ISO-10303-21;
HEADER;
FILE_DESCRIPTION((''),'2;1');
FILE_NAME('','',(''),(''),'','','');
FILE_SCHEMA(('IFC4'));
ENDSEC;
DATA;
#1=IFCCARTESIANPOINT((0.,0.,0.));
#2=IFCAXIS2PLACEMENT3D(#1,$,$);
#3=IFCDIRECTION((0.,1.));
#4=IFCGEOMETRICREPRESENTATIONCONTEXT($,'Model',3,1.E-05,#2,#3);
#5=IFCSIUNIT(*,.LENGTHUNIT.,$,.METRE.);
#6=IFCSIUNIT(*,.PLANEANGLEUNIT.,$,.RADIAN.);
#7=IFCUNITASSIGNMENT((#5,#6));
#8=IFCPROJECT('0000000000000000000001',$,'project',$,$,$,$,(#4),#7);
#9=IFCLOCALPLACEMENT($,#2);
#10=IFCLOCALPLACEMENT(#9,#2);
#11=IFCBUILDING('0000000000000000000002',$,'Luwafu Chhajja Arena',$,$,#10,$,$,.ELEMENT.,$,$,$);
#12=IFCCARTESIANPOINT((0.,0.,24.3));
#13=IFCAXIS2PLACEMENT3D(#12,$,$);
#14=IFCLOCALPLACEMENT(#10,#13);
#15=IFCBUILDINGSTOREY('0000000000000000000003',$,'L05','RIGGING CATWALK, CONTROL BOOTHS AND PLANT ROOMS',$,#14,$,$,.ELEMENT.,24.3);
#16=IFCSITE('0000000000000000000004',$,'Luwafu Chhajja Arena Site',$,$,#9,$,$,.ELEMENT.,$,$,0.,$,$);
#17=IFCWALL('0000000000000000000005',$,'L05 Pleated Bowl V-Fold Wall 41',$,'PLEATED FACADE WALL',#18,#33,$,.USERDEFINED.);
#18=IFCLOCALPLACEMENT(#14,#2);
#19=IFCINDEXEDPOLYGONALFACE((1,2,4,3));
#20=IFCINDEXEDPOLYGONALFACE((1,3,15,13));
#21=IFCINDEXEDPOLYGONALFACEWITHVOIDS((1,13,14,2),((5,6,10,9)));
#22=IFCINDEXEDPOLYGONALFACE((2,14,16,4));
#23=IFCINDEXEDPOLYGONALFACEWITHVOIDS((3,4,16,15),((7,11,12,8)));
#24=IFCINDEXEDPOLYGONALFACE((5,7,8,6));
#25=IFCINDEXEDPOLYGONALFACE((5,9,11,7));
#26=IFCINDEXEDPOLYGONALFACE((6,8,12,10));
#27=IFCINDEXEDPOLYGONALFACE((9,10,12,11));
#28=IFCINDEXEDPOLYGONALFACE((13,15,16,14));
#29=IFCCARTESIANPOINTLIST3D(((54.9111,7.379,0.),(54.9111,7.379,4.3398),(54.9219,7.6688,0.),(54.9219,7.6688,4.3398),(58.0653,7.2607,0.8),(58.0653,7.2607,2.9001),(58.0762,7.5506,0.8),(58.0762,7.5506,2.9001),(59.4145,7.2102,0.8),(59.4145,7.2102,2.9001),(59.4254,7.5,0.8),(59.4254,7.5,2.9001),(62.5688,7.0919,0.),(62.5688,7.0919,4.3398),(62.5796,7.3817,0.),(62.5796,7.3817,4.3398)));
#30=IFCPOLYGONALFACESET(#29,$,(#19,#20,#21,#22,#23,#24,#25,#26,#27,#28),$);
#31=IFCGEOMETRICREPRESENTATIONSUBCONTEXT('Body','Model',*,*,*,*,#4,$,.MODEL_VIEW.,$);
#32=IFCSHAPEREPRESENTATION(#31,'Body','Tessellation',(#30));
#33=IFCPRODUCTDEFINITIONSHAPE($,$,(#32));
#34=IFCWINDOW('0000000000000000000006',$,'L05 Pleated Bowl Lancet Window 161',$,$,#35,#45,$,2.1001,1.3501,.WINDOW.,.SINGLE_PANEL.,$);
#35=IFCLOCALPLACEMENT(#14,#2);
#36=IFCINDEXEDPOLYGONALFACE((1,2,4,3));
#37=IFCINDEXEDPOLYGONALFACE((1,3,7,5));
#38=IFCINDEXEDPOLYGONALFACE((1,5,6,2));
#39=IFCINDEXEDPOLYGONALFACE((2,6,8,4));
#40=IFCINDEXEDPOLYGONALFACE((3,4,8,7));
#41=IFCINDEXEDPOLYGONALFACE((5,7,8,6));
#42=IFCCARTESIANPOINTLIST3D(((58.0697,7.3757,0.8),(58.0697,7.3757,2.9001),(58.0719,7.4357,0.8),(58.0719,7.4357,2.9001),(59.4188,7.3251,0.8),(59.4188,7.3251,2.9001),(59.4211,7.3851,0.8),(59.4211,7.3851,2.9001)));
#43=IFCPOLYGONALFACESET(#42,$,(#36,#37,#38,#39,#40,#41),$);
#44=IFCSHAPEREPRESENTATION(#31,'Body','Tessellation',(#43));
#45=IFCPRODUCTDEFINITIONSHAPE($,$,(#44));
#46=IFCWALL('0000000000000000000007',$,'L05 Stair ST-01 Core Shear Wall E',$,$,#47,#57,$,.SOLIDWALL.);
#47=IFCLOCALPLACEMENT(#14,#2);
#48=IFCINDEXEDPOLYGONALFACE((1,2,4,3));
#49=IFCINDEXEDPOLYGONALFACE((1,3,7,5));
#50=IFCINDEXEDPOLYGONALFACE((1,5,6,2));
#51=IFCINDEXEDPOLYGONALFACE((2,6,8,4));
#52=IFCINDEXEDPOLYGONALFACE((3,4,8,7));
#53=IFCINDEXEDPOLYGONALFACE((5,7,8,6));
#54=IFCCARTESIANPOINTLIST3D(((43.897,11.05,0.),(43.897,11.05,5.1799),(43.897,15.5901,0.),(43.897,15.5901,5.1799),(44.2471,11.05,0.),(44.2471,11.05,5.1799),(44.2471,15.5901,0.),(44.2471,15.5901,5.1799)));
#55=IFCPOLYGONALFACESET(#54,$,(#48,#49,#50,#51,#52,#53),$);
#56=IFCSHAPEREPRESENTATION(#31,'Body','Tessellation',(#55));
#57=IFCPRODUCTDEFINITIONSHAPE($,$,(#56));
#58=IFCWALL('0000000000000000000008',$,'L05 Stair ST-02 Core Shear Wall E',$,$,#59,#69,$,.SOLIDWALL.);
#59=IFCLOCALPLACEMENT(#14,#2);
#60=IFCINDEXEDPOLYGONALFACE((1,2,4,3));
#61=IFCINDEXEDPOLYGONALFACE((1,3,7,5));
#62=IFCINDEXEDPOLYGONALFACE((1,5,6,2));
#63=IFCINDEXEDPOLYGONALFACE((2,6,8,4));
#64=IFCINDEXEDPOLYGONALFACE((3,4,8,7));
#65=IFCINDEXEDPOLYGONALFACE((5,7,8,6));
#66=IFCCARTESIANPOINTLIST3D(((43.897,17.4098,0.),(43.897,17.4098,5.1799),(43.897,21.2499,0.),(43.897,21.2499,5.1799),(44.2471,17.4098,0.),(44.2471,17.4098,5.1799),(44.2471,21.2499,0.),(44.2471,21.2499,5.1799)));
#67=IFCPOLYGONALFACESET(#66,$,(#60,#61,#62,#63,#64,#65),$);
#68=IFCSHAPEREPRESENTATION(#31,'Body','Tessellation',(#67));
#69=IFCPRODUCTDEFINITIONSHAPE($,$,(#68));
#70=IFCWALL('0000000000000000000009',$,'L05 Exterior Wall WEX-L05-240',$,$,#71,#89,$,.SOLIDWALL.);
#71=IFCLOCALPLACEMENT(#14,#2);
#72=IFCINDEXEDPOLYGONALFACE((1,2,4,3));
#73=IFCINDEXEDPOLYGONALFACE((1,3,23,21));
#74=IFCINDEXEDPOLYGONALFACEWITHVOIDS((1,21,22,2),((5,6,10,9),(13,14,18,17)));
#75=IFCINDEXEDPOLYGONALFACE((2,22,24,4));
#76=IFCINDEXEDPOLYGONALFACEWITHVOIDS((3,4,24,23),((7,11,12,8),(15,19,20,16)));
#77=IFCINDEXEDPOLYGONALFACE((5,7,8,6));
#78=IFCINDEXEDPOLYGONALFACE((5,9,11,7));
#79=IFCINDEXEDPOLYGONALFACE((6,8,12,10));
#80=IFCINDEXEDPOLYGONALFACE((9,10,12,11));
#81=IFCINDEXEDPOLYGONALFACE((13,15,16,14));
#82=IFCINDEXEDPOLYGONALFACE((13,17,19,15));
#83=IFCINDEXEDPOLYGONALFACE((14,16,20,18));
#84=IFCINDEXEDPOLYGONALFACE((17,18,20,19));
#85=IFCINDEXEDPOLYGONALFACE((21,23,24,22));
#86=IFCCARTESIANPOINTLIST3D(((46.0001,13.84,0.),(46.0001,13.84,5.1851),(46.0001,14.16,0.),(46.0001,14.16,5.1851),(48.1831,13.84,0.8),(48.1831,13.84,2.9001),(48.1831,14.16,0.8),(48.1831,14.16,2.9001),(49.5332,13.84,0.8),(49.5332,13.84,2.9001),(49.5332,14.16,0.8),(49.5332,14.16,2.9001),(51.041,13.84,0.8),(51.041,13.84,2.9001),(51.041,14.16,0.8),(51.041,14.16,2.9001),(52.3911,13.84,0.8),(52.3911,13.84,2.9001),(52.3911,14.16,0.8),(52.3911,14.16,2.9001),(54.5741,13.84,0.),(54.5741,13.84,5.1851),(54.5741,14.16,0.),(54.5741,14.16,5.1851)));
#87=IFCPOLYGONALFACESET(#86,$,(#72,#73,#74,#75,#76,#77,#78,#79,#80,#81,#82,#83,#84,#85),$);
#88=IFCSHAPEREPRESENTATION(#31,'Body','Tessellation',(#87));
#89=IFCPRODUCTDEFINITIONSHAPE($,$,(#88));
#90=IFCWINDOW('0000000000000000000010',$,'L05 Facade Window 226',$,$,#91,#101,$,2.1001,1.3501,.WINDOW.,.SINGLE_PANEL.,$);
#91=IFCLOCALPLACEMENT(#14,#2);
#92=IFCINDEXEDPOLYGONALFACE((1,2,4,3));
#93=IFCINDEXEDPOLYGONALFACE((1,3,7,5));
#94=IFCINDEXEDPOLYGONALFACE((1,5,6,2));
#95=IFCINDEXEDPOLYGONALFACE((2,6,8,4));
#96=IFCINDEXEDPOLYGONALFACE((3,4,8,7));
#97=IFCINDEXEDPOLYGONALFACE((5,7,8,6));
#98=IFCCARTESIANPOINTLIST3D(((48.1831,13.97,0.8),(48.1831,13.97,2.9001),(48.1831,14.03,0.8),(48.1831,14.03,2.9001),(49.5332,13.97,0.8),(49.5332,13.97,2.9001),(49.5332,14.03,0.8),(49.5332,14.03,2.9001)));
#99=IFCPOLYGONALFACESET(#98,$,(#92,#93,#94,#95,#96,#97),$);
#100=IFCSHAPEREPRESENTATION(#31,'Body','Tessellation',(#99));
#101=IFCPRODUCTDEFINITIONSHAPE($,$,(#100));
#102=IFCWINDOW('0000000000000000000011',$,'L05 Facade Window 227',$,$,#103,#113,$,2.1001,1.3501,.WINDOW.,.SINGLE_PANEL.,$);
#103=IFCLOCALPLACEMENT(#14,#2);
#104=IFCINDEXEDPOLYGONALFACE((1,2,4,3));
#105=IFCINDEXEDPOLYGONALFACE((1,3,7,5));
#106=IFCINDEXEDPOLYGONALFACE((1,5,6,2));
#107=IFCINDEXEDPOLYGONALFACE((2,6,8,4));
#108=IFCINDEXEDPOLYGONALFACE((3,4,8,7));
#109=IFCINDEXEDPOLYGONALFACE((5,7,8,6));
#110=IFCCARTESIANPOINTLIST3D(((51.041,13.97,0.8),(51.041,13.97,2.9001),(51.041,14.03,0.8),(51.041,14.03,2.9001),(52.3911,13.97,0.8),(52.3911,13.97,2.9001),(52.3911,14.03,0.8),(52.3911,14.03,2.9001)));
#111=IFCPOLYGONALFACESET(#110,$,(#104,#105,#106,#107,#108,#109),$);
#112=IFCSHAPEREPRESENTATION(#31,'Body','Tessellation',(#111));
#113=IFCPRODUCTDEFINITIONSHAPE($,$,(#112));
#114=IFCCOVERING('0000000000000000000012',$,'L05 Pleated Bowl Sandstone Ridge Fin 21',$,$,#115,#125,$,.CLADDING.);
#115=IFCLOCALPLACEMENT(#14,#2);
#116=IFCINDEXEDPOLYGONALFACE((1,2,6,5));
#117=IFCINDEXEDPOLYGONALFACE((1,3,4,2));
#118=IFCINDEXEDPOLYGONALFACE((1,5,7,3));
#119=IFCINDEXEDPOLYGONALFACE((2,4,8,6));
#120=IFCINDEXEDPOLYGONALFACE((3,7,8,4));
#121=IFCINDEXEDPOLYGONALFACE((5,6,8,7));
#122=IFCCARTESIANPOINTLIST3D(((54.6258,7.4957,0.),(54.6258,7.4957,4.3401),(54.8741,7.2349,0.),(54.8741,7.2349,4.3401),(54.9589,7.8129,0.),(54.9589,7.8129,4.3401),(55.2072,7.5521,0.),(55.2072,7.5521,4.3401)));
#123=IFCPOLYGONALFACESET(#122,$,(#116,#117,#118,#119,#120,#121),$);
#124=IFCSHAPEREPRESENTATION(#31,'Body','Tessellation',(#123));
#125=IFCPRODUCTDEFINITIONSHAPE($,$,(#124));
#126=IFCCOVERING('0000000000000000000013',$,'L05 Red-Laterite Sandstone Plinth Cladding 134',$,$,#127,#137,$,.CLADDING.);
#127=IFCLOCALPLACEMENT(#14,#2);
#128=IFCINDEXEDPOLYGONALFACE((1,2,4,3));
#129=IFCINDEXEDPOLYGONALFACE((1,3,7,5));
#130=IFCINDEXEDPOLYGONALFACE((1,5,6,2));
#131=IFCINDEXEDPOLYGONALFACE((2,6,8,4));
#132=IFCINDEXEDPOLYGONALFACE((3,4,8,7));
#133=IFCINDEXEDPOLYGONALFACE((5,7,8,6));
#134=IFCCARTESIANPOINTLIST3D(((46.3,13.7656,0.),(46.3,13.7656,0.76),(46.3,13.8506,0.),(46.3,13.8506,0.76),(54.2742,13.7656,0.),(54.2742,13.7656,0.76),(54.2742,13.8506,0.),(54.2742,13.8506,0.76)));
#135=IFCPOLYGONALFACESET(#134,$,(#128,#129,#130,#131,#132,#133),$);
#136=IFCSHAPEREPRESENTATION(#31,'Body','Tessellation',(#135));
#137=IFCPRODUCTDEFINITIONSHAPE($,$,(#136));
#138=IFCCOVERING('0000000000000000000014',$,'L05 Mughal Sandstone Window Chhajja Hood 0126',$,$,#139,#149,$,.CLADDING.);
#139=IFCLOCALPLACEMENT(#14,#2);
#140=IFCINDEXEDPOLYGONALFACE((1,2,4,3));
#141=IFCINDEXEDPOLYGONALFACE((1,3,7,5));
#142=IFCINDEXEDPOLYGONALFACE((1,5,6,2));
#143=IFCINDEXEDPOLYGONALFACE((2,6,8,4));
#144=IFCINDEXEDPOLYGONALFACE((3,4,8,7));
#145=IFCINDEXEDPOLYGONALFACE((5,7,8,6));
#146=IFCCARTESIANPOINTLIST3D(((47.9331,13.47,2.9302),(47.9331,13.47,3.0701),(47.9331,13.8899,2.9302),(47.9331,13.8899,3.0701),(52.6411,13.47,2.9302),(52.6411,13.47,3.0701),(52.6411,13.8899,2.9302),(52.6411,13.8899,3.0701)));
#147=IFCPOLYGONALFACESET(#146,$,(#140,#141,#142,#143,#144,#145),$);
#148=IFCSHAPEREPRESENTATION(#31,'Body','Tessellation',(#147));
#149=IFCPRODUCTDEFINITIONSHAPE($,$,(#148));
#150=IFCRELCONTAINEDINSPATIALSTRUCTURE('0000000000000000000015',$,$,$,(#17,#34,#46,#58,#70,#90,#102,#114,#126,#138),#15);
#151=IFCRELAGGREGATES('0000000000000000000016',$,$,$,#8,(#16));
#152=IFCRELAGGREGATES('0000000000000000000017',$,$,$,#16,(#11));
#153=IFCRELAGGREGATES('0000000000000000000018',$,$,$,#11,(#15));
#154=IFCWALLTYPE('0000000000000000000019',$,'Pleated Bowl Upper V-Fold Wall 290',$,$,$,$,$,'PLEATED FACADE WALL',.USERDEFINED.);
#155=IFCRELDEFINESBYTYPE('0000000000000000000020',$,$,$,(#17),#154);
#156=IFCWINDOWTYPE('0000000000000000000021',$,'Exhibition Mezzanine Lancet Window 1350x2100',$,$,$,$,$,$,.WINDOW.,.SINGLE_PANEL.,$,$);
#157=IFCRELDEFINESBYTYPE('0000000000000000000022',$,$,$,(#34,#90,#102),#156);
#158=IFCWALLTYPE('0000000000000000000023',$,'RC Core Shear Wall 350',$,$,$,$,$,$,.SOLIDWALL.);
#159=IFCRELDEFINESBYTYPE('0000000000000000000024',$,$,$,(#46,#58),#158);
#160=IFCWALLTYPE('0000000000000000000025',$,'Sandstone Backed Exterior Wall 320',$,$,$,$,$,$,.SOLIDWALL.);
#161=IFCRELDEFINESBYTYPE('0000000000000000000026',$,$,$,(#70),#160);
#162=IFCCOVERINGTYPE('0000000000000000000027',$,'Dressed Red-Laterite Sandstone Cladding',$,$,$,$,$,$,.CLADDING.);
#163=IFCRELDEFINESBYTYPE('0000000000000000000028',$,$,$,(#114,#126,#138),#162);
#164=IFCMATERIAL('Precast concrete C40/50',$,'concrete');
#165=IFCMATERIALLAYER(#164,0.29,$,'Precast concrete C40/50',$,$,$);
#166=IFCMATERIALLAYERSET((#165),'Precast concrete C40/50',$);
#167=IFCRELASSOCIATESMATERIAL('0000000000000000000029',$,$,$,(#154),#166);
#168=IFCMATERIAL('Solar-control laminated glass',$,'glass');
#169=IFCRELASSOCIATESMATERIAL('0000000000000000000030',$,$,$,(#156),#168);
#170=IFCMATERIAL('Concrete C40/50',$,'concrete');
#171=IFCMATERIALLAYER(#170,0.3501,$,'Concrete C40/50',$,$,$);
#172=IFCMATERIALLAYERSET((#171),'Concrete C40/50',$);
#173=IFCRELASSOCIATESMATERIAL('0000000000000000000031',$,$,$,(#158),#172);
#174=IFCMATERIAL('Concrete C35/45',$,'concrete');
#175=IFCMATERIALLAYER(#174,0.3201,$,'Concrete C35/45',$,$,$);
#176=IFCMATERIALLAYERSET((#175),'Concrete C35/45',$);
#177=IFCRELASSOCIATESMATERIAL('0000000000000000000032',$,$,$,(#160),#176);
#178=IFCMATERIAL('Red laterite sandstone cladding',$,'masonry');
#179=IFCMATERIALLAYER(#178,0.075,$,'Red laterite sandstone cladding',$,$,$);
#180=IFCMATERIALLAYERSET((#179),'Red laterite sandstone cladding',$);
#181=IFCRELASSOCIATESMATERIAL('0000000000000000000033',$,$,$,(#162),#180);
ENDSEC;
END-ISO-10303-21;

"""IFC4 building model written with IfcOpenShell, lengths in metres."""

from ifc_helpers import new_model, si_unit, direction, frame, frame_2d, origin, origin_2d, place, context, subcontext, project, spatial, rectangle, extrude, material, layer, layer_set, type_object, element, fill, save


model = new_model("IFC4")

# Units and contexts
model_context = context("Model", 3, precision=1e-05, world=origin(), true_north=direction((0.0, 1.0)))
body_context = subcontext(model_context, "Body", "Model", "MODEL_VIEW")
ifc_project = project(units=[si_unit("LENGTHUNIT", "METRE"), si_unit("PLANEANGLEUNIT", "RADIAN")], contexts=[model_context])

# Site, building, storey
site_placement = place(None, origin())
site = spatial("IfcSite", under=ifc_project, at=site_placement, Name="Luwafu Chhajja Arena Site", CompositionType="ELEMENT", RefElevation=0.0)
building_placement = place(site_placement, origin())
building = spatial("IfcBuilding", under=site, at=building_placement, Name="Luwafu Chhajja Arena", CompositionType="ELEMENT")
storey_placement = place(building_placement, frame((0.0, 0.0, 24.3)))
storey = spatial("IfcBuildingStorey", under=building, at=storey_placement, Name="L05", Description="RIGGING CATWALK, CONTROL BOOTHS AND PLANT ROOMS", CompositionType="ELEMENT", Elevation=24.3)

# Shared definitions
ifc_material_1 = material(Name="Concrete C40/50", Category="concrete")
ifc_material_2 = material(Name="Concrete C35/45", Category="concrete")

# Wall, opening, window
ifc_material_3 = material(Name="Precast concrete C40/50", Category="concrete")
ifc_layer_1 = layer(ifc_material_3, 0.29, Name="Precast concrete C40/50")
ifc_layer_set_1 = layer_set([ifc_layer_1], Name="Precast concrete C40/50")
wall_type_1 = type_object("IfcWallType", Name="Pleated Bowl Upper V-Fold Wall 290", ElementType="PLEATED FACADE WALL", PredefinedType="USERDEFINED", material=ifc_layer_set_1)
ifc_material_4 = material(Name="Solar-control laminated glass", Category="glass")
wall_1_placement = place(storey_placement, frame((54.9165, 7.5239, 0.0), z_axis=(0.0, 0.0, 1.0), x_axis=(0.999298, -0.037467, 0.0)))
wall_1 = element("IfcWall", 1, at=wall_1_placement, inside=storey, type_object=wall_type_1, Name="L05 Pleated Bowl V-Fold Wall 41", ObjectType="PLEATED FACADE WALL", PredefinedType="USERDEFINED", context=body_context, shape_type="SweptSolid", body=[
    extrude(rectangle(XDim=7.6631, YDim=0.29, at=frame_2d((3.8315, 0.0))), origin(), (0.0, 0.0, 1.0), 4.3398),
])
opening_1_placement = place(wall_1_placement, frame((3.1565, 0.0, 0.8)))
opening_1 = element("IfcOpeningElement", 2, at=opening_1_placement, cuts=wall_1, PredefinedType="OPENING", context=body_context, shape_type="SweptSolid", body=[
    extrude(rectangle(XDim=1.3501, YDim=2.1001, at=frame_2d((0.675, 1.05))), frame((0.0, 0.155, 0.0), z_axis=(0.0, -1.0, 0.0), x_axis=(1.0, 0.0, 0.0)), (0.0, 0.0, 1.0), 0.3101),
])
window_type_1 = type_object("IfcWindowType", Name="Exhibition Mezzanine Lancet Window 1350x2100", PartitioningType="SINGLE_PANEL", PredefinedType="WINDOW", material=ifc_material_4)
window_1_placement = place(opening_1_placement, origin())
window_1 = element("IfcWindow", 3, at=window_1_placement, inside=storey, type_object=window_type_1, Name="L05 Pleated Bowl Lancet Window 161", OverallHeight=2.1001, OverallWidth=1.3501, PartitioningType="SINGLE_PANEL", PredefinedType="WINDOW", context=body_context, shape_type="SweptSolid", body=[
    extrude(rectangle(XDim=1.3501, YDim=2.1001, at=frame_2d((0.675, 1.05))), frame((0.0, 0.03, 0.0), z_axis=(0.0, -1.0, 0.0), x_axis=(1.0, 0.0, 0.0)), (0.0, 0.0, 1.0), 0.0601),
])
fill(opening_1, window_1)

# Walls
ifc_layer_2 = layer(ifc_material_1, 0.3501, Name="Concrete C40/50")
ifc_layer_set_2 = layer_set([ifc_layer_2], Name="Concrete C40/50")
wall_type_2 = type_object("IfcWallType", Name="RC Core Shear Wall 350", PredefinedType="SOLIDWALL", material=ifc_layer_set_2)
wall_2_placement = place(storey_placement, frame((44.072, 11.05, 0.0), z_axis=(0.0, 0.0, 1.0), x_axis=(0.0, 1.0, 0.0)))
element("IfcWall", 4, at=wall_2_placement, inside=storey, type_object=wall_type_2, Name="L05 Stair ST-01 Core Shear Wall E", PredefinedType="SOLIDWALL", context=body_context, shape_type="SweptSolid", body=[
    extrude(rectangle(XDim=4.54, YDim=0.3501, at=frame_2d((2.27, 0.0))), origin(), (0.0, 0.0, 1.0), 5.1799),
])
wall_3_placement = place(storey_placement, frame((44.072, 17.4099, 0.0), z_axis=(0.0, 0.0, 1.0), x_axis=(0.0, 1.0, 0.0)))
element("IfcWall", 5, at=wall_3_placement, inside=storey, type_object=wall_type_2, Name="L05 Stair ST-02 Core Shear Wall E", PredefinedType="SOLIDWALL", context=body_context, shape_type="SweptSolid", body=[
    extrude(rectangle(XDim=3.8401, YDim=0.3501, at=frame_2d((1.9199, 0.0))), origin(), (0.0, 0.0, 1.0), 5.1799),
])

# Wall, openings, windows
ifc_layer_3 = layer(ifc_material_2, 0.3201, Name="Concrete C35/45")
ifc_layer_set_3 = layer_set([ifc_layer_3], Name="Concrete C35/45")
wall_type_3 = type_object("IfcWallType", Name="Sandstone Backed Exterior Wall 320", PredefinedType="SOLIDWALL", material=ifc_layer_set_3)
wall_4_placement = place(storey_placement, frame((46.0, 14.0, 0.0), z_axis=(0.0, 0.0, 1.0), x_axis=(1.0, 0.0, 0.0)))
wall_4 = element("IfcWall", 6, at=wall_4_placement, inside=storey, type_object=wall_type_3, Name="L05 Exterior Wall WEX-L05-240", PredefinedType="SOLIDWALL", context=body_context, shape_type="SweptSolid", body=[
    extrude(rectangle(XDim=8.574, YDim=0.3201, at=frame_2d((4.2871, 0.0))), origin(), (0.0, 0.0, 1.0), 5.1851),
])
opening_2_placement = place(wall_4_placement, frame((2.1831, 0.0, 0.8)))
opening_2 = element("IfcOpeningElement", 7, at=opening_2_placement, cuts=wall_4, PredefinedType="OPENING", context=body_context, shape_type="SweptSolid", body=[
    extrude(rectangle(XDim=1.3501, YDim=2.1001, at=frame_2d((0.675, 1.05))), frame((0.0, 0.1699, 0.0), z_axis=(0.0, -1.0, 0.0), x_axis=(1.0, 0.0, 0.0)), (0.0, 0.0, 1.0), 0.3401),
])
opening_3_placement = place(wall_4_placement, frame((5.041, 0.0, 0.8)))
opening_3 = element("IfcOpeningElement", 8, at=opening_3_placement, cuts=wall_4, PredefinedType="OPENING", context=body_context, shape_type="SweptSolid", body=[
    extrude(rectangle(XDim=1.3501, YDim=2.1001, at=frame_2d((0.675, 1.05))), frame((0.0, 0.1699, 0.0), z_axis=(0.0, -1.0, 0.0), x_axis=(1.0, 0.0, 0.0)), (0.0, 0.0, 1.0), 0.3401),
])
window_2_placement = place(opening_2_placement, origin())
window_2 = element("IfcWindow", 9, at=window_2_placement, inside=storey, type_object=window_type_1, Name="L05 Facade Window 226", OverallHeight=2.1001, OverallWidth=1.3501, PartitioningType="SINGLE_PANEL", PredefinedType="WINDOW", context=body_context, shape_type="SweptSolid", body=[
    extrude(rectangle(XDim=1.3501, YDim=2.1001, at=frame_2d((0.675, 1.05))), frame((0.0, 0.03, 0.0), z_axis=(0.0, -1.0, 0.0), x_axis=(1.0, 0.0, 0.0)), (0.0, 0.0, 1.0), 0.0601),
])
fill(opening_2, window_2)
window_3_placement = place(opening_3_placement, origin())
window_3 = element("IfcWindow", 10, at=window_3_placement, inside=storey, type_object=window_type_1, Name="L05 Facade Window 227", OverallHeight=2.1001, OverallWidth=1.3501, PartitioningType="SINGLE_PANEL", PredefinedType="WINDOW", context=body_context, shape_type="SweptSolid", body=[
    extrude(rectangle(XDim=1.3501, YDim=2.1001, at=frame_2d((0.675, 1.05))), frame((0.0, 0.03, 0.0), z_axis=(0.0, -1.0, 0.0), x_axis=(1.0, 0.0, 0.0)), (0.0, 0.0, 1.0), 0.0601),
])
fill(opening_3, window_3)

# Coverings
ifc_material_5 = material(Name="Red laterite sandstone cladding", Category="masonry")
ifc_layer_4 = layer(ifc_material_5, 0.075, Name="Red laterite sandstone cladding")
ifc_layer_set_4 = layer_set([ifc_layer_4], Name="Red laterite sandstone cladding")
covering_type = type_object("IfcCoveringType", Name="Dressed Red-Laterite Sandstone Cladding", PredefinedType="CLADDING", material=ifc_layer_set_4)
covering_1_placement = place(storey_placement, frame((54.9165, 7.5239, 0.0), z_axis=(0.0, 0.0, 1.0), x_axis=(-0.724207, -0.689583, 0.0)))
element("IfcCovering", 11, at=covering_1_placement, inside=storey, type_object=covering_type, Name="L05 Pleated Bowl Sandstone Ridge Fin 21", PredefinedType="CLADDING", context=body_context, shape_type="SweptSolid", body=[
    extrude(rectangle(XDim=0.46, YDim=0.3601, at=origin_2d()), origin(), (0.0, 0.0, 1.0), 4.3401),
])
covering_2_placement = place(storey_placement, frame((50.2871, 13.8081, 0.0), z_axis=(0.0, 0.0, 1.0), x_axis=(1.0, 0.0, 0.0)))
element("IfcCovering", 12, at=covering_2_placement, inside=storey, type_object=covering_type, Name="L05 Red-Laterite Sandstone Plinth Cladding 134", PredefinedType="CLADDING", context=body_context, shape_type="SweptSolid", body=[
    extrude(rectangle(XDim=7.9741, YDim=0.085, at=origin_2d()), origin(), (0.0, 0.0, 1.0), 0.76),
])
covering_3_placement = place(storey_placement, frame((50.2871, 13.6799, 2.9302), z_axis=(0.0, 0.0, 1.0), x_axis=(1.0, 0.0, 0.0)))
element("IfcCovering", 13, at=covering_3_placement, inside=storey, type_object=covering_type, Name="L05 Mughal Sandstone Window Chhajja Hood 0126", PredefinedType="CLADDING", context=body_context, shape_type="SweptSolid", body=[
    extrude(rectangle(XDim=4.708, YDim=0.4199, at=origin_2d()), origin(), (0.0, 0.0, 1.0), 0.1399),
])

save(model, "model.ifc")
